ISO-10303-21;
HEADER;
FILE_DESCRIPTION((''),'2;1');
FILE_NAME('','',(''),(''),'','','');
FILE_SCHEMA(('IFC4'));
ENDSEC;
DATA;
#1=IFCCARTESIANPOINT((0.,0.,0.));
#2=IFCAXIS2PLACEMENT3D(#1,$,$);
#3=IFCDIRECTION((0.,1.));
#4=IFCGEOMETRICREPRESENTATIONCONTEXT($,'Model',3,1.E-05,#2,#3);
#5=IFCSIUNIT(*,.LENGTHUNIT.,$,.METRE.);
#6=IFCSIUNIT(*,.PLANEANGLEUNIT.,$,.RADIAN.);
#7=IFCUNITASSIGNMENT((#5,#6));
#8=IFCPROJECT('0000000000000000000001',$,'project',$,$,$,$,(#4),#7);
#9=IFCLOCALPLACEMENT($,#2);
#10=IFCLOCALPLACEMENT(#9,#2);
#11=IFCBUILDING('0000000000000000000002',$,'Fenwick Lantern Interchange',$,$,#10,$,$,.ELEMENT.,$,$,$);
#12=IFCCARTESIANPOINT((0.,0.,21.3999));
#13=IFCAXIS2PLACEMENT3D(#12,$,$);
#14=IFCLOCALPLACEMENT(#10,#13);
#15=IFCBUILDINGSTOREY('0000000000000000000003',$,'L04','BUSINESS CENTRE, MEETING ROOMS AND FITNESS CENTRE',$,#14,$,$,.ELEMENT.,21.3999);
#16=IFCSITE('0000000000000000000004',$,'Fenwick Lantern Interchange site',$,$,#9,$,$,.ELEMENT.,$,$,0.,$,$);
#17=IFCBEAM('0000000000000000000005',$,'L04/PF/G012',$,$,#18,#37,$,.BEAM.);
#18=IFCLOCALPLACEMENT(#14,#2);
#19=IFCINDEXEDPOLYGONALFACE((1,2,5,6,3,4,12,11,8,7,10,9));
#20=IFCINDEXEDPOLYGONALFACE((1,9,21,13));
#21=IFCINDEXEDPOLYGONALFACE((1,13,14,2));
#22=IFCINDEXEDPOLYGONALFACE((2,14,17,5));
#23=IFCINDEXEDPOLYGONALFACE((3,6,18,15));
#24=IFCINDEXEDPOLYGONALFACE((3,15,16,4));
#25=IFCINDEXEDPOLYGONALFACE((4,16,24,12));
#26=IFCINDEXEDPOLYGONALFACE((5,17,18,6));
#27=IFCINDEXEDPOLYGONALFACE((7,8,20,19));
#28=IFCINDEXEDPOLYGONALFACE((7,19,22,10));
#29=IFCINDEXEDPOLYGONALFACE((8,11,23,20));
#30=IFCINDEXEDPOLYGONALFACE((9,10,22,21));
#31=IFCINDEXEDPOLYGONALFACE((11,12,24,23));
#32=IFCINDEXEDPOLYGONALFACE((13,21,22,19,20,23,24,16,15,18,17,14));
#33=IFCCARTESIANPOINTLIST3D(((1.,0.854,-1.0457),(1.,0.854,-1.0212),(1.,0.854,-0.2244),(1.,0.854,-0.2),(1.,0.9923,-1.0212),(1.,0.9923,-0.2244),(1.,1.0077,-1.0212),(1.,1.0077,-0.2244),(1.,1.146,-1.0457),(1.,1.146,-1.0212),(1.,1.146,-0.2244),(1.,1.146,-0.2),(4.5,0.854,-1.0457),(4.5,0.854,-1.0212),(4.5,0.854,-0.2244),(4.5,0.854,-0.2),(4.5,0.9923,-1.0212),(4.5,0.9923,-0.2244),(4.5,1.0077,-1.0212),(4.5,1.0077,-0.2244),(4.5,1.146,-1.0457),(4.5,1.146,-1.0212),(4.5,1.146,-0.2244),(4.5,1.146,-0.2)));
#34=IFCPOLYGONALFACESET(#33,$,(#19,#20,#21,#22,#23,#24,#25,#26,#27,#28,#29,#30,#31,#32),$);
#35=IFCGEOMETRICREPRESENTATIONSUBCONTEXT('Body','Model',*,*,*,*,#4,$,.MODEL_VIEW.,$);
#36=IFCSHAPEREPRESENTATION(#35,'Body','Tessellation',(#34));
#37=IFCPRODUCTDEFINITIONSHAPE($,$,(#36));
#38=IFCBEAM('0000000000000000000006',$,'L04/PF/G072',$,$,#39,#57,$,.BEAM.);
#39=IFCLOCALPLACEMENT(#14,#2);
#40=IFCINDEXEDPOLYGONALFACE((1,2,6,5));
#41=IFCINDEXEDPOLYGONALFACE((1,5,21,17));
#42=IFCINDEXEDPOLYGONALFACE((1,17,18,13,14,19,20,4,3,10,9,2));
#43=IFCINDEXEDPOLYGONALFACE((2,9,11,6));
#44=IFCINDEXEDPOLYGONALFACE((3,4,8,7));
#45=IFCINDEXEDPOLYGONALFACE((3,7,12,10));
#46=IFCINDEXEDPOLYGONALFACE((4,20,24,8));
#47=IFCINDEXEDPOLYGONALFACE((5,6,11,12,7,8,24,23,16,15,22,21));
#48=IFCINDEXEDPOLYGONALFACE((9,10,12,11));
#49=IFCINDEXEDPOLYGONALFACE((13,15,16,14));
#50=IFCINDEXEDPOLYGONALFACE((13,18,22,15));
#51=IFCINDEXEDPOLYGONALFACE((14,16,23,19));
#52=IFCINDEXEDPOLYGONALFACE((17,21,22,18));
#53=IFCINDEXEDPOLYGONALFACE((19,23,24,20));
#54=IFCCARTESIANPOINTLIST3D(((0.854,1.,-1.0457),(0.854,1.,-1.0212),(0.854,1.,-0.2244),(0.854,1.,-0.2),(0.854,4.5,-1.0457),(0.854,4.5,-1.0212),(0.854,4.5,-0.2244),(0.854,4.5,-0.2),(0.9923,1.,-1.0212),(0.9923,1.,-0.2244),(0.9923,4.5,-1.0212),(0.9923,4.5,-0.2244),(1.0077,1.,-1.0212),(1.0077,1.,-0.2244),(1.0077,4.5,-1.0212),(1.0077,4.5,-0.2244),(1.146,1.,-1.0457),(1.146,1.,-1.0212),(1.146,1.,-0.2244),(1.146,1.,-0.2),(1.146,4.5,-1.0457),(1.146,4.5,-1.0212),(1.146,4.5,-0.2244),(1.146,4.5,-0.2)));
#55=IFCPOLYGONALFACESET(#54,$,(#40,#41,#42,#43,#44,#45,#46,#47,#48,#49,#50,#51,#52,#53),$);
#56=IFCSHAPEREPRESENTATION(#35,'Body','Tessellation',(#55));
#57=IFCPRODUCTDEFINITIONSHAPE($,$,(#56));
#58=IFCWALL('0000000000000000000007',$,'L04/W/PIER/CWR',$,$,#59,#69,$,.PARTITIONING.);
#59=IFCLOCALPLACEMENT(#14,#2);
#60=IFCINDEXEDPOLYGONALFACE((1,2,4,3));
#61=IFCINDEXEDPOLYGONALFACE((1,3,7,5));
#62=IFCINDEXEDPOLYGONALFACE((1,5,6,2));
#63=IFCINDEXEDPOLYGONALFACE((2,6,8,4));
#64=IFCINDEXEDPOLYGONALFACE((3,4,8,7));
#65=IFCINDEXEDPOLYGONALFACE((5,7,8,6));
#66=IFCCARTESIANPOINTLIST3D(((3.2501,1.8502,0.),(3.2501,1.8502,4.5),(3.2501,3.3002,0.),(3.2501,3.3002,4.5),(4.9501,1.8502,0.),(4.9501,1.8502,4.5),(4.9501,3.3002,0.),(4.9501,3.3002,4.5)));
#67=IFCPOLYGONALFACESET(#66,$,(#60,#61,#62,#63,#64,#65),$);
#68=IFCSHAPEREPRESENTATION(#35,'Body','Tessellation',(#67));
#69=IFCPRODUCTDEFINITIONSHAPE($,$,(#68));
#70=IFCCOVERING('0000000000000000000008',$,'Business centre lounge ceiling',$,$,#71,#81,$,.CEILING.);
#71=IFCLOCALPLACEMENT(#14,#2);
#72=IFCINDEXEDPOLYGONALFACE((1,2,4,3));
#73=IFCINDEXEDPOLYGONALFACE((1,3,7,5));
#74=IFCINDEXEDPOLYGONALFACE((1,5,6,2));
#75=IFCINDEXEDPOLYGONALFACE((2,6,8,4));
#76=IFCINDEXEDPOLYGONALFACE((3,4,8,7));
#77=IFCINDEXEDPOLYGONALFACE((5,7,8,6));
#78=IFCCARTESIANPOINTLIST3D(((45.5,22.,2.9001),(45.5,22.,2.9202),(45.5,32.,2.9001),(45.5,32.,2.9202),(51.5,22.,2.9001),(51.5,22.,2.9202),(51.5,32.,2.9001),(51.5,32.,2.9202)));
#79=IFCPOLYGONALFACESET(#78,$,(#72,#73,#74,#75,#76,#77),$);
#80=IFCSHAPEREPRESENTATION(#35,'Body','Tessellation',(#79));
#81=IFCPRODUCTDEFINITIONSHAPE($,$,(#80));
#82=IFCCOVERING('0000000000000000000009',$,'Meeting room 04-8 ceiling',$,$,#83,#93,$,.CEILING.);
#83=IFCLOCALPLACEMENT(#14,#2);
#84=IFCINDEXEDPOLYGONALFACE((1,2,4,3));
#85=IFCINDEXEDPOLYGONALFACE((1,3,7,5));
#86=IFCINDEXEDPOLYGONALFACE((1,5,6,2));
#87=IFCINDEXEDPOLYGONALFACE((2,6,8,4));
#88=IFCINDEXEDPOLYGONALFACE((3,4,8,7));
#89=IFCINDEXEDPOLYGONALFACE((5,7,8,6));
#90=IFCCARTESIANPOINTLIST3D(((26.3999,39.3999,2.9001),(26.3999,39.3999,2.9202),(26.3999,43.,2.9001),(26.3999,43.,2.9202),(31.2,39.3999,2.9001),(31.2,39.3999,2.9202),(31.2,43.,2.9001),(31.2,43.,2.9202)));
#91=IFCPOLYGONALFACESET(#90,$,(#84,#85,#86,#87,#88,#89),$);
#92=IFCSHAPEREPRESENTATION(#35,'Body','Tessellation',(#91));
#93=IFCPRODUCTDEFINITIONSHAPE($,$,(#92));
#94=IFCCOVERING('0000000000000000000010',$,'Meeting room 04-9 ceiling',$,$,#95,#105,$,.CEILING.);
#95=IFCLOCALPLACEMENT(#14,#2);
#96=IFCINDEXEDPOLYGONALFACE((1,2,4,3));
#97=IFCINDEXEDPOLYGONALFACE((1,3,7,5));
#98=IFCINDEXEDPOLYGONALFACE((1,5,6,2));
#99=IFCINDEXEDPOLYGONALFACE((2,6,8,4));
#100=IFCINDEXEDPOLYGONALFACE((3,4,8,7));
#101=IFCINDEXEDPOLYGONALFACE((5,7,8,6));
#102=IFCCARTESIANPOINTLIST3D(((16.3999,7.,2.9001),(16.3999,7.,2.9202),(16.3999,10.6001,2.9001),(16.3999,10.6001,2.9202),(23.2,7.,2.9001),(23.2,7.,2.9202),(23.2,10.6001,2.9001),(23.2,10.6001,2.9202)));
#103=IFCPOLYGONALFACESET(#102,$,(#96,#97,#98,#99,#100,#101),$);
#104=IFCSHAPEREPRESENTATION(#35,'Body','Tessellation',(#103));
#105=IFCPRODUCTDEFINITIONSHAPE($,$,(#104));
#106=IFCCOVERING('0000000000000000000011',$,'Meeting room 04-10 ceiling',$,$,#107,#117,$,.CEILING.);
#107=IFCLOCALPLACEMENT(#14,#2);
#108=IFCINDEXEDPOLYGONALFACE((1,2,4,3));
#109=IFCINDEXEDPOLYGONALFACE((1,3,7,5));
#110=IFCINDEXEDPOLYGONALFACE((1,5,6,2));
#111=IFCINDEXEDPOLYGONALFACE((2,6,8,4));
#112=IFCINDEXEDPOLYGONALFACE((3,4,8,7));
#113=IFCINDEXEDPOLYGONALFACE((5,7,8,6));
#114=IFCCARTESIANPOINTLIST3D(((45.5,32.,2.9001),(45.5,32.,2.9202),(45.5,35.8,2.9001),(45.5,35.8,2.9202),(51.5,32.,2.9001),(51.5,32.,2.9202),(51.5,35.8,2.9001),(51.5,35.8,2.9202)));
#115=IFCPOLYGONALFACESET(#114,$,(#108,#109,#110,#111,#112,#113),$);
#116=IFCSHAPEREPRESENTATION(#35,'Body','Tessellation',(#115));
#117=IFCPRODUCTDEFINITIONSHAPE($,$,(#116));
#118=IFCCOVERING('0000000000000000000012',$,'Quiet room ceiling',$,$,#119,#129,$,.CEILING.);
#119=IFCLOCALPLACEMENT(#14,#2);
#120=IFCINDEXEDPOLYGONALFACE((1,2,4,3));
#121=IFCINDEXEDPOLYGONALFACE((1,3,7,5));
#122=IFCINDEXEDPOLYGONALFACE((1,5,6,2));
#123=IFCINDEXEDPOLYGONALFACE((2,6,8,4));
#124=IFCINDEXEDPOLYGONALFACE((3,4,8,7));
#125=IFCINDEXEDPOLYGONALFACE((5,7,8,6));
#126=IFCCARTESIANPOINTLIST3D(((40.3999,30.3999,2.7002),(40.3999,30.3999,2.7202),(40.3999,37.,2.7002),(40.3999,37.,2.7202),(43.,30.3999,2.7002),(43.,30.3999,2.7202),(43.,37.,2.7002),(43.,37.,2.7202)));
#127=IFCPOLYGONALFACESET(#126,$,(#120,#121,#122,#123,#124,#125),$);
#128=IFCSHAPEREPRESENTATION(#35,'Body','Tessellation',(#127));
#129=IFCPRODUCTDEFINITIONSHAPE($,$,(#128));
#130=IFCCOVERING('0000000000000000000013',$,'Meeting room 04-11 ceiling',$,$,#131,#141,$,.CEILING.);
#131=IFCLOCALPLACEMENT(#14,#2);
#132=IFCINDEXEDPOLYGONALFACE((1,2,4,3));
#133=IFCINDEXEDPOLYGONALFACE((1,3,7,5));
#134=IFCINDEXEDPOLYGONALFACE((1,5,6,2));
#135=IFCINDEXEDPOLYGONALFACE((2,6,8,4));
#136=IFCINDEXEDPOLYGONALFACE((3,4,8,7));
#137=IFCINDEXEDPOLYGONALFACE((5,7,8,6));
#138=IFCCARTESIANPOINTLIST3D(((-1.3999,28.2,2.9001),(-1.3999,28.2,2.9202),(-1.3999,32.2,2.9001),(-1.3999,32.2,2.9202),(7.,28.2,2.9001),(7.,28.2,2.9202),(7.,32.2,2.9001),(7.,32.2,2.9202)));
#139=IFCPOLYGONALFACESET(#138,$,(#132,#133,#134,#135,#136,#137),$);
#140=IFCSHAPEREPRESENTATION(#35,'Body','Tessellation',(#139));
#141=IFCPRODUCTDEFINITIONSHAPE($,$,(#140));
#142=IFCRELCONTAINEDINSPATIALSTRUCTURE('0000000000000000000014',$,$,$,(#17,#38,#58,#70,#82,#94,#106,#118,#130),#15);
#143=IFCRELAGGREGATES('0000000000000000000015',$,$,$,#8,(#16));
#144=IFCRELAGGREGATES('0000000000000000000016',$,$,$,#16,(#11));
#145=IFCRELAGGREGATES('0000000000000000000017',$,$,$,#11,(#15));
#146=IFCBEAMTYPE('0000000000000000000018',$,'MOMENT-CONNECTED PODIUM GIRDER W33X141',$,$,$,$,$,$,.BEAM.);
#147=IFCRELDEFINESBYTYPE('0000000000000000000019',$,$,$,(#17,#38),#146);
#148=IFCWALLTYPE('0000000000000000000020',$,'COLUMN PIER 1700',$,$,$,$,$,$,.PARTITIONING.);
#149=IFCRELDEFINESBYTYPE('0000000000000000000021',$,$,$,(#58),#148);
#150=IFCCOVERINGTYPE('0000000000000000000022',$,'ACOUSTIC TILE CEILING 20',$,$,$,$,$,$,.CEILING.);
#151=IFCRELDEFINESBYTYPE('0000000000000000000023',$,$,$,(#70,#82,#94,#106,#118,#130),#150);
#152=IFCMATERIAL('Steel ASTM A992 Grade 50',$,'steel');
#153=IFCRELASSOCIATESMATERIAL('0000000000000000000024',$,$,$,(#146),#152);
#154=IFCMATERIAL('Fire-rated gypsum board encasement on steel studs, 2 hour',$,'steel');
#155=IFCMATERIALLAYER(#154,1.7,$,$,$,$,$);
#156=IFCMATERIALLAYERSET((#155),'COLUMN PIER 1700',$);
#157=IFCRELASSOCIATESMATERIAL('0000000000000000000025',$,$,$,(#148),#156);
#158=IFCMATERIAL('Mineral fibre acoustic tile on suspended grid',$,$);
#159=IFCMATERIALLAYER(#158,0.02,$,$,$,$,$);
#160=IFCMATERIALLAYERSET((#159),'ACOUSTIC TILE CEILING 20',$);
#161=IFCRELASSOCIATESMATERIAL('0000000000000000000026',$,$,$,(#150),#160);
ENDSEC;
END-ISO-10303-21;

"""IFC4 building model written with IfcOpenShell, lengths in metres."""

from ifc_helpers import new_model, si_unit, direction, frame, frame_2d, origin, origin_2d, place, context, subcontext, project, spatial, polyline, rectangle, i_section, outline, extrude, material, layer, layer_set, material_profile, profile_set, type_object, element, save


model = new_model("IFC4")

# Units and contexts
model_context = context("Model", 3, precision=1e-05, world=origin(), true_north=direction((0.0, 1.0)))
body_context = subcontext(model_context, "Body", "Model", "MODEL_VIEW")
ifc_project = project(units=[si_unit("LENGTHUNIT", "METRE"), si_unit("PLANEANGLEUNIT", "RADIAN")], contexts=[model_context])

# Site, building, storey
site_placement = place(None, origin())
site = spatial("IfcSite", under=ifc_project, at=site_placement, Name="Fenwick Lantern Interchange site", CompositionType="ELEMENT", RefElevation=0.0)
building_placement = place(site_placement, origin())
building = spatial("IfcBuilding", under=site, at=building_placement, Name="Fenwick Lantern Interchange", CompositionType="ELEMENT")
storey_placement = place(building_placement, frame((0.0, 0.0, 21.3999)))
storey = spatial("IfcBuildingStorey", under=building, at=storey_placement, Name="L04", Description="BUSINESS CENTRE, MEETING ROOMS AND FITNESS CENTRE", CompositionType="ELEMENT", Elevation=21.3999)

# Shared definitions
ifc_material_1 = material(Name="Steel ASTM A992 Grade 50", Category="steel")

# Beams
ifc_material_profile_1 = material_profile(ifc_material_1, i_section(OverallWidth=0.292, OverallDepth=0.8457, WebThickness=0.0154, FlangeThickness=0.0244, at=origin_2d()), Name="W33X141")
ifc_profile_set_1 = profile_set([ifc_material_profile_1], Name="Steel ASTM A992 Grade 50")
beam_type_1 = type_object("IfcBeamType", Name="MOMENT-CONNECTED PODIUM GIRDER W33X141", PredefinedType="BEAM", material=ifc_profile_set_1)
for number, where, z_axis, x_axis, name in (
    (1, (1.0, 1.0, -0.6228), (1.0, 0.0, 0.0), (0.0, 1.0, 0.0), "L04/PF/G012"),
    (2, (1.0, 1.0, -0.6228), (0.0, 1.0, 0.0), (-1.0, 0.0, 0.0), "L04/PF/G072"),
):
    element("IfcBeam", number, at=place(storey_placement, frame(where, z_axis=z_axis, x_axis=x_axis)), inside=storey, type_object=beam_type_1, Name=name, PredefinedType="BEAM", context=body_context, shape_type="SweptSolid", body=[
        extrude(i_section(OverallWidth=0.292, OverallDepth=0.8457, WebThickness=0.0154, FlangeThickness=0.0244, at=origin_2d()), origin(), (0.0, 0.0, 1.0), 3.5),
    ])

# Wall
ifc_material_2 = material(Name="Fire-rated gypsum board encasement on steel studs, 2 hour", Category="steel")
ifc_layer_1 = layer(ifc_material_2, 1.7)
ifc_layer_set_1 = layer_set([ifc_layer_1], Name="COLUMN PIER 1700")
wall_type = type_object("IfcWallType", Name="COLUMN PIER 1700", PredefinedType="PARTITIONING", material=ifc_layer_set_1)
wall_placement = place(storey_placement, frame((4.1001, 1.8501, 0.0), z_axis=(0.0, 0.0, 1.0), x_axis=(0.0, 1.0, 0.0)))
element("IfcWall", 3, at=wall_placement, inside=storey, type_object=wall_type, Name="L04/W/PIER/CWR", PredefinedType="PARTITIONING", context=body_context, shape_type="SweptSolid", body=[
    extrude(rectangle(XDim=1.45, YDim=1.7, at=frame_2d((0.7251, 0.0))), origin(), (0.0, 0.0, 1.0), 4.5),
])

# Coverings
ifc_material_3 = material(Name="Mineral fibre acoustic tile on suspended grid")
ifc_layer_2 = layer(ifc_material_3, 0.02)
ifc_layer_set_2 = layer_set([ifc_layer_2], Name="ACOUSTIC TILE CEILING 20")
covering_type = type_object("IfcCoveringType", Name="ACOUSTIC TILE CEILING 20", PredefinedType="CEILING", material=ifc_layer_set_2)
covering_1_placement = place(storey_placement, frame((0.0, 0.0, 2.9001)))
element("IfcCovering", 4, at=covering_1_placement, inside=storey, type_object=covering_type, Name="Business centre lounge ceiling", PredefinedType="CEILING", context=body_context, shape_type="SweptSolid", body=[
    extrude(outline(polyline([(45.5, 22.0), (51.5, 22.0), (51.5, 32.0), (45.5, 32.0), (45.5, 22.0)])), origin(), (0.0, 0.0, 1.0), 0.02),
])
covering_2_placement = place(storey_placement, frame((0.0, 0.0, 2.9001)))
element("IfcCovering", 5, at=covering_2_placement, inside=storey, type_object=covering_type, Name="Meeting room 04-8 ceiling", PredefinedType="CEILING", context=body_context, shape_type="SweptSolid", body=[
    extrude(outline(polyline([(26.3999, 39.3999), (31.2, 39.3999), (31.2, 43.0), (26.3999, 43.0), (26.3999, 39.3999)])), origin(), (0.0, 0.0, 1.0), 0.02),
])
covering_3_placement = place(storey_placement, frame((0.0, 0.0, 2.9001)))
element("IfcCovering", 6, at=covering_3_placement, inside=storey, type_object=covering_type, Name="Meeting room 04-9 ceiling", PredefinedType="CEILING", context=body_context, shape_type="SweptSolid", body=[
    extrude(outline(polyline([(16.3999, 7.0), (23.2, 7.0), (23.2, 10.6001), (16.3999, 10.6001), (16.3999, 7.0)])), origin(), (0.0, 0.0, 1.0), 0.02),
])
covering_4_placement = place(storey_placement, frame((0.0, 0.0, 2.9001)))
element("IfcCovering", 7, at=covering_4_placement, inside=storey, type_object=covering_type, Name="Meeting room 04-10 ceiling", PredefinedType="CEILING", context=body_context, shape_type="SweptSolid", body=[
    extrude(outline(polyline([(45.5, 32.0), (51.5, 32.0), (51.5, 35.8), (45.5, 35.8), (45.5, 32.0)])), origin(), (0.0, 0.0, 1.0), 0.02),
])
covering_5_placement = place(storey_placement, frame((0.0, 0.0, 2.7002)))
element("IfcCovering", 8, at=covering_5_placement, inside=storey, type_object=covering_type, Name="Quiet room ceiling", PredefinedType="CEILING", context=body_context, shape_type="SweptSolid", body=[
    extrude(outline(polyline([(40.3999, 30.3999), (43.0, 30.3999), (43.0, 37.0), (40.3999, 37.0), (40.3999, 30.3999)])), origin(), (0.0, 0.0, 1.0), 0.02),
])
covering_6_placement = place(storey_placement, frame((0.0, 0.0, 2.9001)))
element("IfcCovering", 9, at=covering_6_placement, inside=storey, type_object=covering_type, Name="Meeting room 04-11 ceiling", PredefinedType="CEILING", context=body_context, shape_type="SweptSolid", body=[
    extrude(outline(polyline([(-1.3999, 28.2), (7.0, 28.2), (7.0, 32.2), (-1.3999, 32.2), (-1.3999, 28.2)])), origin(), (0.0, 0.0, 1.0), 0.02),
])

save(model, "model.ifc")
